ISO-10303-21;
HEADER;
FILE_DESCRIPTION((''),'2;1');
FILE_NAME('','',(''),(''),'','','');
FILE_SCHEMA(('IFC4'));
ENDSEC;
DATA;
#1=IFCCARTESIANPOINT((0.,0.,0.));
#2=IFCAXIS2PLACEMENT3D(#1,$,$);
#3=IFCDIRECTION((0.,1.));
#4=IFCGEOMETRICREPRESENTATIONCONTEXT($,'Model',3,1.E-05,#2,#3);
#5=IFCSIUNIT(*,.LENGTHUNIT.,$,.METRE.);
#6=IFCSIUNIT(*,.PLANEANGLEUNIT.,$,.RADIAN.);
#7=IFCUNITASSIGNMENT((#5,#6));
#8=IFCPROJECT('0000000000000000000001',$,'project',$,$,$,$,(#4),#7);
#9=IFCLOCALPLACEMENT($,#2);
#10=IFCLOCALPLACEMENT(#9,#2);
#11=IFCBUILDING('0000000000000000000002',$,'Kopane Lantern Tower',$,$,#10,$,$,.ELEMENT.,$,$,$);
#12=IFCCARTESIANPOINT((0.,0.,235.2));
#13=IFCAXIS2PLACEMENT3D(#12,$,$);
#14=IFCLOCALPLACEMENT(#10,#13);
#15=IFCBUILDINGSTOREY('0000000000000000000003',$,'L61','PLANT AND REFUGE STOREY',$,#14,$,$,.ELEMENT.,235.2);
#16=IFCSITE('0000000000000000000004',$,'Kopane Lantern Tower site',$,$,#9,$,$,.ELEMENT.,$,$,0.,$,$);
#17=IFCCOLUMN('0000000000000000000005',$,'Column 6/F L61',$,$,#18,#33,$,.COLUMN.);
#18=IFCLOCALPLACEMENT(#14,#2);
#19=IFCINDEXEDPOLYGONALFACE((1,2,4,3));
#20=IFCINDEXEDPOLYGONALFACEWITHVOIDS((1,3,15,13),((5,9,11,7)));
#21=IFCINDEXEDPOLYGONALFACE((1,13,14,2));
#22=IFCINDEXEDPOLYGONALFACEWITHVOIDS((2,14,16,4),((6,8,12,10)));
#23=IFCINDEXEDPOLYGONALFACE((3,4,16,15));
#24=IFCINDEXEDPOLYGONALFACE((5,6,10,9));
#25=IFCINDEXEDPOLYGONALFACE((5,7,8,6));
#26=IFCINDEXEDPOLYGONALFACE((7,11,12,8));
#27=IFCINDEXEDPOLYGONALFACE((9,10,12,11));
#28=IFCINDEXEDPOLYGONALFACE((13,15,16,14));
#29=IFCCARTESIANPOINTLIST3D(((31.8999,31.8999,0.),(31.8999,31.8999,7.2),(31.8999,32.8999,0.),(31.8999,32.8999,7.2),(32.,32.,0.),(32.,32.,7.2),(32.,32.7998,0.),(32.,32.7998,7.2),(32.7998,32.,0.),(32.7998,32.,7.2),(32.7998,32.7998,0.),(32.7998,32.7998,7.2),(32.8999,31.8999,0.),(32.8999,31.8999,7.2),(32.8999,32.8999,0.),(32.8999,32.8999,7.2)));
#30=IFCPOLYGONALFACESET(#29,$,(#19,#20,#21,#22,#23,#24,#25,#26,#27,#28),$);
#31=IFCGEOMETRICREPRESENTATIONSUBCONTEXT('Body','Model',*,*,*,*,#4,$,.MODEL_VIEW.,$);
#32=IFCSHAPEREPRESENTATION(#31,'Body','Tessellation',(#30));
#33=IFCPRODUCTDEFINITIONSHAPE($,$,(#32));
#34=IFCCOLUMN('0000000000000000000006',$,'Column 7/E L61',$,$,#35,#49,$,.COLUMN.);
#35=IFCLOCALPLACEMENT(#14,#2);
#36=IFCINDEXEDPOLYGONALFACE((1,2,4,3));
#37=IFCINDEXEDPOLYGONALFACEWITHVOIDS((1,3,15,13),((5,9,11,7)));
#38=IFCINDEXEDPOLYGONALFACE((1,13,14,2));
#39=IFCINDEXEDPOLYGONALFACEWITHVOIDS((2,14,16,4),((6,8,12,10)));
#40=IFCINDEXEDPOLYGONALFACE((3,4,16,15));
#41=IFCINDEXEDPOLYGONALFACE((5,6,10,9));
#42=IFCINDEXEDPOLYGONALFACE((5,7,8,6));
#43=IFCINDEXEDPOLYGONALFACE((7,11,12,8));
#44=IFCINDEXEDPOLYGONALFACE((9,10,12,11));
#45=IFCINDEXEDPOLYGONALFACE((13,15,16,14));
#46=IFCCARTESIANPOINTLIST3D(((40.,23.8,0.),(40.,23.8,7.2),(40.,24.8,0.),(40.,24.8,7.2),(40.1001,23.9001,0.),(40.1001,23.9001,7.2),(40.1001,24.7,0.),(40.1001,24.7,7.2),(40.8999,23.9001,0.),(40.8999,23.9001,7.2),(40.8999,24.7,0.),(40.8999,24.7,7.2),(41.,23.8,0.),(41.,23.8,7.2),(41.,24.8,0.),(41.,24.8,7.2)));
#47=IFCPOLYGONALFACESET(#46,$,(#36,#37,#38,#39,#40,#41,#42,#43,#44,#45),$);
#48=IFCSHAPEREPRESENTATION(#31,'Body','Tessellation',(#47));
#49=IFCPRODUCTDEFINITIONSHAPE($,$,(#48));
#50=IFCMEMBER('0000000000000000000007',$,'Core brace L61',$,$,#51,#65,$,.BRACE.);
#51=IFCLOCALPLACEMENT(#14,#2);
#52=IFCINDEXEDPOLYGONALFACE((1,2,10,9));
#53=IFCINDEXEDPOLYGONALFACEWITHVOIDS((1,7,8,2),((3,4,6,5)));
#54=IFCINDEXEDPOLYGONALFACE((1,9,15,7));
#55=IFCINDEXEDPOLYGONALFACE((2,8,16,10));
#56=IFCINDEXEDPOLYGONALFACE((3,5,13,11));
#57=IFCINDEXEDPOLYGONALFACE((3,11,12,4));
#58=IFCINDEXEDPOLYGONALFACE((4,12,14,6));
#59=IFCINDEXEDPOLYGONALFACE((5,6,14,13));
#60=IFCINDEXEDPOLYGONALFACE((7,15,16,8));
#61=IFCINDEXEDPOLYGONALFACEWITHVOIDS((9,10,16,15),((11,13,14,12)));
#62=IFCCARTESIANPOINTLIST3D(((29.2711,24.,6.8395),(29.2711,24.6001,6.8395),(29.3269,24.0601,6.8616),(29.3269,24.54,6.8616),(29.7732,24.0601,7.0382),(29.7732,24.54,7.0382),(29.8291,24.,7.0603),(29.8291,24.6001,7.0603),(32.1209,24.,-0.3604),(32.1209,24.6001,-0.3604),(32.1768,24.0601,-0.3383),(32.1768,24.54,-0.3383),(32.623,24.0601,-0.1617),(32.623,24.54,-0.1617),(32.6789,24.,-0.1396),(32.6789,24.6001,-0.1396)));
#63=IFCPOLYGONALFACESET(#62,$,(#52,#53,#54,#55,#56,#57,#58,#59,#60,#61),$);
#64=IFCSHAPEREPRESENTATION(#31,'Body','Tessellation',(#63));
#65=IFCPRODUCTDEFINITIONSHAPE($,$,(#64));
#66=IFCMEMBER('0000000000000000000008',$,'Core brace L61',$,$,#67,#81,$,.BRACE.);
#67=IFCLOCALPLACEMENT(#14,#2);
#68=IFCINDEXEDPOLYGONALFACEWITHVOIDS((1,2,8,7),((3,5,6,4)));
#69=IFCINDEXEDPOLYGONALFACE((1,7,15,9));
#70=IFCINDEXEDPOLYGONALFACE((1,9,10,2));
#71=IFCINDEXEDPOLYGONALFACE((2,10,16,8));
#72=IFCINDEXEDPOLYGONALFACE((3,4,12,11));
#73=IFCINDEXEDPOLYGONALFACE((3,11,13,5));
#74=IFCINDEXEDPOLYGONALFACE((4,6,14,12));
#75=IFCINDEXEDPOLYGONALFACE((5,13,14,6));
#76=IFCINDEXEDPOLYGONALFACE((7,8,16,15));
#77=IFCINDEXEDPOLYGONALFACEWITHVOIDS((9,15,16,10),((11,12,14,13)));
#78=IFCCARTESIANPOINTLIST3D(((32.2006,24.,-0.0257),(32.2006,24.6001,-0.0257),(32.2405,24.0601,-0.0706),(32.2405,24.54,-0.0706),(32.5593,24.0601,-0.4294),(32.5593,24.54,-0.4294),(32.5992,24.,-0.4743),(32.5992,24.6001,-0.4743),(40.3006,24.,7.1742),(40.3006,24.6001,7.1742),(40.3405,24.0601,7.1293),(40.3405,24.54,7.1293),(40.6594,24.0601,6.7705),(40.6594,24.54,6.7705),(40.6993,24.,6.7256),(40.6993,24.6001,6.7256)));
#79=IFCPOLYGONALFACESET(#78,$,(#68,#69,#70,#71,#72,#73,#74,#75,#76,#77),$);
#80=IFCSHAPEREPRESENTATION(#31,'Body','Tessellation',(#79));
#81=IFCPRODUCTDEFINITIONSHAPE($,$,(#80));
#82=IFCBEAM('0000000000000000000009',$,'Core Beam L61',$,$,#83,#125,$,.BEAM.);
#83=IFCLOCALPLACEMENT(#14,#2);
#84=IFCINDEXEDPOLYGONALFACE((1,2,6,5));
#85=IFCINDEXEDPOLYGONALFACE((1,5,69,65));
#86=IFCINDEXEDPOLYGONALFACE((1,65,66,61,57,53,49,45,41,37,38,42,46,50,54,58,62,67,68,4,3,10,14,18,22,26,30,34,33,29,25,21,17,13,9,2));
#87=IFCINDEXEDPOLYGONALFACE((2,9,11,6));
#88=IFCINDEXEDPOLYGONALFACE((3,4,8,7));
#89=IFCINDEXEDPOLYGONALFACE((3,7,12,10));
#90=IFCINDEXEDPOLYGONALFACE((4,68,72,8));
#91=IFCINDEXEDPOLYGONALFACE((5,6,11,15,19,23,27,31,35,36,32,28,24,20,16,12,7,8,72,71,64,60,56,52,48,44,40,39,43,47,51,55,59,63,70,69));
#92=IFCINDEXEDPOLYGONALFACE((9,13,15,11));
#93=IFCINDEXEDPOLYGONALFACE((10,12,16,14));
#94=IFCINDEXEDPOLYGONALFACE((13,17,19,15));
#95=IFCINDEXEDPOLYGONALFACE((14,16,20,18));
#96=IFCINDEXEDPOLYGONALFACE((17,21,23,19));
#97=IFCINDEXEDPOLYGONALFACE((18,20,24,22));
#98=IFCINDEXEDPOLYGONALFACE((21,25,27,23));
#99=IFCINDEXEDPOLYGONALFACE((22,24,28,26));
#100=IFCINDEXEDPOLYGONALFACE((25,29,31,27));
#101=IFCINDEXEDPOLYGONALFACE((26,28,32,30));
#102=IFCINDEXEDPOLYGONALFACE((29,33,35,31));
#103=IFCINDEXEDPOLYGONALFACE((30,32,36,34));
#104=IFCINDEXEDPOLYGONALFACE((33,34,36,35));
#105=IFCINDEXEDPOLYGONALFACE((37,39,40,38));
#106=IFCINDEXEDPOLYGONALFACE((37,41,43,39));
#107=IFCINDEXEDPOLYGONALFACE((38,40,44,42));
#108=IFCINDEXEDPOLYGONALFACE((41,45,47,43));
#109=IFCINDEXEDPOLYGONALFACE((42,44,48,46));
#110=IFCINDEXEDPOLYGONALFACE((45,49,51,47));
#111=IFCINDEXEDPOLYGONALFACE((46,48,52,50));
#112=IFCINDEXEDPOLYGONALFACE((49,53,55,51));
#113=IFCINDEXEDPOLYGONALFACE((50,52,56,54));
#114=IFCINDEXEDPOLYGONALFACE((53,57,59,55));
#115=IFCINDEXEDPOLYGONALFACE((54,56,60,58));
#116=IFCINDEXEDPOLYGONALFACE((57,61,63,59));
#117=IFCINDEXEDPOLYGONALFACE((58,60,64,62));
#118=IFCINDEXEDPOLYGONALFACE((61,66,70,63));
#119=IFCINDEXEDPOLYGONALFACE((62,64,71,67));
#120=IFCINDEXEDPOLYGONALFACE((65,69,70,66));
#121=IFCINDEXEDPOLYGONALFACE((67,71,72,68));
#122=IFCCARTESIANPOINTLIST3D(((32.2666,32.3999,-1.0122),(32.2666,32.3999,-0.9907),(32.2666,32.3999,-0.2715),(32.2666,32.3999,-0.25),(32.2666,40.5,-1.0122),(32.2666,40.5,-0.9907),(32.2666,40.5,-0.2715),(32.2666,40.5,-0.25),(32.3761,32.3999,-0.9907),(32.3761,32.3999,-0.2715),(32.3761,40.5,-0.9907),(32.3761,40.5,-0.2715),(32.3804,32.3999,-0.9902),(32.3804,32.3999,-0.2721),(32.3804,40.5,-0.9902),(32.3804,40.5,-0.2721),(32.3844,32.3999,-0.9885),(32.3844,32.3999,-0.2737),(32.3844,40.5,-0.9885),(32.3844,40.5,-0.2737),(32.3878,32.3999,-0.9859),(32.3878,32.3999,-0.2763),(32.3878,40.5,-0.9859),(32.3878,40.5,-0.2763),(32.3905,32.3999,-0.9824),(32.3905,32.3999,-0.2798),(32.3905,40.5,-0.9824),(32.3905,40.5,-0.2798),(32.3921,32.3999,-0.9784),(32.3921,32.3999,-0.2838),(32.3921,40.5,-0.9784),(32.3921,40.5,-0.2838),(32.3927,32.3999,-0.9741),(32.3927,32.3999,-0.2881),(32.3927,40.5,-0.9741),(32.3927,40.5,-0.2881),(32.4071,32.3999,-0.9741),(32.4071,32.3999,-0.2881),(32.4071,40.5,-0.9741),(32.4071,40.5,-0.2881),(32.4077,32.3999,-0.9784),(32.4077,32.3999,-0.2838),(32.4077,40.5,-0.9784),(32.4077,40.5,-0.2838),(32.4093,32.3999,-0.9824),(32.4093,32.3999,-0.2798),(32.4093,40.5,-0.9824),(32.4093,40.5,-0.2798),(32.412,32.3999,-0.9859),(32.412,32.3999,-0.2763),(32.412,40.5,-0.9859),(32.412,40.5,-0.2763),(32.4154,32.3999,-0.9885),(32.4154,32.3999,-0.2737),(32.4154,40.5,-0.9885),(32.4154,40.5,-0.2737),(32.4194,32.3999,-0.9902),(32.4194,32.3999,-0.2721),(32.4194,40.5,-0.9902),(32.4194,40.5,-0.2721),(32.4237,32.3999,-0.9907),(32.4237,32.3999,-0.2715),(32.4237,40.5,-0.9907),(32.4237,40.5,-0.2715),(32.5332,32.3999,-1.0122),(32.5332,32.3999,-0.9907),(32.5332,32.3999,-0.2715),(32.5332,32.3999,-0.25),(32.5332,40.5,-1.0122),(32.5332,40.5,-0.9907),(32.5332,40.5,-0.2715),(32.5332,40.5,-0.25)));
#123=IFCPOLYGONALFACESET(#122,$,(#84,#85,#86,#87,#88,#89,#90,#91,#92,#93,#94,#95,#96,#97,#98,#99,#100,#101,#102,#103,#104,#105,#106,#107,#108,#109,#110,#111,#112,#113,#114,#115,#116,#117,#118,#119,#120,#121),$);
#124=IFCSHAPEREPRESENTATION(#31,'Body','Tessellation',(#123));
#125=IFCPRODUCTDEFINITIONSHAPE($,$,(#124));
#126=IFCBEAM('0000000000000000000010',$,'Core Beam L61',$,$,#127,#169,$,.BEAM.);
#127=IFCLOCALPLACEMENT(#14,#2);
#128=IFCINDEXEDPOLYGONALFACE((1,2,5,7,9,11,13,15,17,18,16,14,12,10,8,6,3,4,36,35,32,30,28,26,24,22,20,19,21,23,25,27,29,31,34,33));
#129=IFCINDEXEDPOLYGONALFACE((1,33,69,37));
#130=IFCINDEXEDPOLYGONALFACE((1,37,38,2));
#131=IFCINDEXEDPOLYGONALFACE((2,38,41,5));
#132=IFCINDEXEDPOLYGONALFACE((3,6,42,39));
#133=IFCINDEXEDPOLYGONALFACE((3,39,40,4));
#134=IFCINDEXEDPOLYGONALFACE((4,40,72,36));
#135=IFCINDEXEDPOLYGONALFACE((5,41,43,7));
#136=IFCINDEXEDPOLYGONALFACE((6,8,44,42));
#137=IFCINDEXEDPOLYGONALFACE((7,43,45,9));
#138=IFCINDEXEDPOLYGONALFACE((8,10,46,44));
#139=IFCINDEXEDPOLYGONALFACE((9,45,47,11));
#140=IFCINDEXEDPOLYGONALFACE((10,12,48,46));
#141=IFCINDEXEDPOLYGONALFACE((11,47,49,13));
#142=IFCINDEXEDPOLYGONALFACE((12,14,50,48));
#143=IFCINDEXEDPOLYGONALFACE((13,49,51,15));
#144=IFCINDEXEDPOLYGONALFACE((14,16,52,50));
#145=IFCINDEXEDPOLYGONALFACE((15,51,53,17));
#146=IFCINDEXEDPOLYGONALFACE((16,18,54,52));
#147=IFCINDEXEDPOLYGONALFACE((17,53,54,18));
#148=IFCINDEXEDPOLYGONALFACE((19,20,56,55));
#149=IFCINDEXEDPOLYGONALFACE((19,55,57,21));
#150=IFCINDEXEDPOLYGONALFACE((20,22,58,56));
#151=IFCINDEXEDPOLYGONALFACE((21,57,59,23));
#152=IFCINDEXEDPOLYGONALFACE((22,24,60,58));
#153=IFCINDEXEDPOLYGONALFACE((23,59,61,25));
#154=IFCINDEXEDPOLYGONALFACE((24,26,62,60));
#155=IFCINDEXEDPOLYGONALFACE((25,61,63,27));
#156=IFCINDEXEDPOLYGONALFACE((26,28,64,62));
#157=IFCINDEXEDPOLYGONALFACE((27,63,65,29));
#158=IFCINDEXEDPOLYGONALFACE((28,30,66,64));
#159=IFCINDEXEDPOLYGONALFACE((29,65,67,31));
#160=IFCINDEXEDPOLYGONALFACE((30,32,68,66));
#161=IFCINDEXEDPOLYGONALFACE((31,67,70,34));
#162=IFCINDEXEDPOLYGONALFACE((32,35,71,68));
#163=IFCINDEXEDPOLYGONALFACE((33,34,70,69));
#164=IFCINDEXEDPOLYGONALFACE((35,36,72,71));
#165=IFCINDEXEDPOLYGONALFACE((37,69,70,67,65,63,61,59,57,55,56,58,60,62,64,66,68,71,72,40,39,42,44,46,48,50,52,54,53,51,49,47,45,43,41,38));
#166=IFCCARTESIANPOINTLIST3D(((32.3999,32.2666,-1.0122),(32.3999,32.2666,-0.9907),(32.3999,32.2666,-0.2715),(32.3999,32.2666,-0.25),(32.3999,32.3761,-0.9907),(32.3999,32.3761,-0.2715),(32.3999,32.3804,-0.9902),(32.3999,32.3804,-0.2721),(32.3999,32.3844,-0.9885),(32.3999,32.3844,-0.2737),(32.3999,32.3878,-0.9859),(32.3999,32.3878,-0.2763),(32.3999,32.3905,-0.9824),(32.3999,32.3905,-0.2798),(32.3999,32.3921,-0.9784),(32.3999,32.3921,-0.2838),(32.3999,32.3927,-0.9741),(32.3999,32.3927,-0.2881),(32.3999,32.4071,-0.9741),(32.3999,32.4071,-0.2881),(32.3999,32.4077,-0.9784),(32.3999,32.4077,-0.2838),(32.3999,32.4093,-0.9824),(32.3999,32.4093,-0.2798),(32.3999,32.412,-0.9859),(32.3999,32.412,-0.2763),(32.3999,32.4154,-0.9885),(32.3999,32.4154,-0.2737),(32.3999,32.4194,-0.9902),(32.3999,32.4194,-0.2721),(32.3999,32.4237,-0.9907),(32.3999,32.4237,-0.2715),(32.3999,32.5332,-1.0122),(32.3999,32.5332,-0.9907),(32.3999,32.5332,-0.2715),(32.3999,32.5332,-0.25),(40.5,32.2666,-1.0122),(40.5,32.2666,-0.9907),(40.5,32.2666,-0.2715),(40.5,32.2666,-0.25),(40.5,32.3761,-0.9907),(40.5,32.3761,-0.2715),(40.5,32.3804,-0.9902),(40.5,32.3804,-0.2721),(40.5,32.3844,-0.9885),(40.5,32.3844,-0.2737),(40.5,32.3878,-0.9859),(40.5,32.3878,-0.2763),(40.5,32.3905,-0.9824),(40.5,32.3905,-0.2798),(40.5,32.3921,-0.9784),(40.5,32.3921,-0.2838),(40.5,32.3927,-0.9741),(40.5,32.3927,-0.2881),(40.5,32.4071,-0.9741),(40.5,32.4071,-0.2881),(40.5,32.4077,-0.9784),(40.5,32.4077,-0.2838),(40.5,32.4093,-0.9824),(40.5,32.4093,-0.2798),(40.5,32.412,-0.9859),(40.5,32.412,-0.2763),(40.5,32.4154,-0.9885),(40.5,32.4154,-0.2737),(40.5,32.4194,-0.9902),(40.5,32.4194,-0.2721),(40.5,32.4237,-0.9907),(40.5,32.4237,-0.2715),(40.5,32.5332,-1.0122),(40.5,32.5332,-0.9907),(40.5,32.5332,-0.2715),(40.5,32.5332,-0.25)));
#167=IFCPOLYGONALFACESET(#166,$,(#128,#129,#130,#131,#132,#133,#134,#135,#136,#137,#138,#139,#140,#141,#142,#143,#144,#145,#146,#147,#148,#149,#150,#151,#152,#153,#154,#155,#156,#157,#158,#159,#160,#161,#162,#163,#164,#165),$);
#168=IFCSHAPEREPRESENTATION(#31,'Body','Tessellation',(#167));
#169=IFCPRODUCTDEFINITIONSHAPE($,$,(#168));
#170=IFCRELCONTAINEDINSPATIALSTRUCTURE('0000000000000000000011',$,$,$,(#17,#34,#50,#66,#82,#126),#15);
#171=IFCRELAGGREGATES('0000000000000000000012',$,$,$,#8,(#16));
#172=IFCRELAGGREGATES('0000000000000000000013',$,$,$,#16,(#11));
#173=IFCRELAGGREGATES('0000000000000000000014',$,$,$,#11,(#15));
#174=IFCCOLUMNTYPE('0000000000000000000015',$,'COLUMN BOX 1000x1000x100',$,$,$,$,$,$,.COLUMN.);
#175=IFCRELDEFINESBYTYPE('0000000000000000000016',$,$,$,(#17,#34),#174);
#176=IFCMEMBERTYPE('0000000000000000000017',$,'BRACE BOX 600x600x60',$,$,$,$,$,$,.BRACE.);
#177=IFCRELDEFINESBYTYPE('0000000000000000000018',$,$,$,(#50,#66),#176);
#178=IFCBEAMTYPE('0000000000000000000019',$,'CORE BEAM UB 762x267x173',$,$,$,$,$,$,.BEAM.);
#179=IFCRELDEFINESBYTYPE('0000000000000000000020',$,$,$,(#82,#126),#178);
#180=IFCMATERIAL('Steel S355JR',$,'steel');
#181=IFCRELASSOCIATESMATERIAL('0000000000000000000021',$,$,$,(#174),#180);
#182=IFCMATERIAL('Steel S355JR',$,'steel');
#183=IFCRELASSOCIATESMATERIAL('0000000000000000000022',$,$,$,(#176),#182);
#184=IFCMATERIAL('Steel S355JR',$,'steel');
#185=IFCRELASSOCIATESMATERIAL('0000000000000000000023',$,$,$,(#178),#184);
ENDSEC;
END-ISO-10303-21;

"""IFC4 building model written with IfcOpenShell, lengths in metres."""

from ifc_helpers import new_model, si_unit, direction, frame, origin, origin_2d, place, context, subcontext, project, spatial, hollow_rectangle, i_section, extrude, material, material_profile, profile_set, type_object, element, save


model = new_model("IFC4")

# Units and contexts
model_context = context("Model", 3, precision=1e-05, world=origin(), true_north=direction((0.0, 1.0)))
body_context = subcontext(model_context, "Body", "Model", "MODEL_VIEW")
ifc_project = project(units=[si_unit("LENGTHUNIT", "METRE"), si_unit("PLANEANGLEUNIT", "RADIAN")], contexts=[model_context])

# Site, building, storey
site_placement = place(None, origin())
site = spatial("IfcSite", under=ifc_project, at=site_placement, Name="Kopane Lantern Tower site", CompositionType="ELEMENT", RefElevation=0.0)
building_placement = place(site_placement, origin())
building = spatial("IfcBuilding", under=site, at=building_placement, Name="Kopane Lantern Tower", CompositionType="ELEMENT")
storey_placement = place(building_placement, frame((0.0, 0.0, 235.2)))
storey = spatial("IfcBuildingStorey", under=building, at=storey_placement, Name="L61", Description="PLANT AND REFUGE STOREY", CompositionType="ELEMENT", Elevation=235.2)

# Columns
ifc_material_1 = material(Name="Steel S355JR", Category="steel")
ifc_material_profile_1 = material_profile(ifc_material_1, hollow_rectangle(XDim=1.0, YDim=1.0, WallThickness=0.1001, at=origin_2d()), Name="BOX 1000x1000x100")
ifc_profile_set_1 = profile_set([ifc_material_profile_1], Name="Steel S355JR")
column_type = type_object("IfcColumnType", Name="COLUMN BOX 1000x1000x100", PredefinedType="COLUMN", material=ifc_profile_set_1)
for number, where, z_axis, x_axis, name in (
    (1, (32.3999, 32.3999, 0.0), (0.0, 0.0, 1.0), (1.0, 0.0, 0.0), "Column 6/F L61"),
    (2, (40.5, 24.3, 0.0), (0.0, 0.0, 1.0), (1.0, 0.0, 0.0), "Column 7/E L61"),
):
    element("IfcColumn", number, at=place(storey_placement, frame(where, z_axis=z_axis, x_axis=x_axis)), inside=storey, type_object=column_type, Name=name, PredefinedType="COLUMN", context=body_context, shape_type="SweptSolid", body=[
        extrude(hollow_rectangle(XDim=1.0, YDim=1.0, WallThickness=0.1001, at=origin_2d()), origin(), (0.0, 0.0, 1.0), 7.2),
    ])

# Members
ifc_material_2 = material(Name="Steel S355JR", Category="steel")
ifc_material_profile_2 = material_profile(ifc_material_2, hollow_rectangle(XDim=0.6001, YDim=0.6001, WallThickness=0.0601, at=origin_2d()), Name="BOX 600x600x60")
ifc_profile_set_2 = profile_set([ifc_material_profile_2], Name="Steel S355JR")
member_type_1 = type_object("IfcMemberType", Name="BRACE BOX 600x600x60", PredefinedType="BRACE", material=ifc_profile_set_2)
member_1_placement = place(storey_placement, frame((32.3999, 24.3, -0.25), z_axis=(-0.368034, 0.0, 0.929812), x_axis=(0.0, -1.0, 0.0)))
element("IfcMember", 3, at=member_1_placement, inside=storey, type_object=member_type_1, Name="Core brace L61", PredefinedType="BRACE", context=body_context, shape_type="SweptSolid", body=[
    extrude(hollow_rectangle(XDim=0.6001, YDim=0.6001, WallThickness=0.0601, at=origin_2d()), origin(), (0.0, 0.0, 1.0), 7.7434),
])
member_2_placement = place(storey_placement, frame((32.3999, 24.3, -0.25), z_axis=(0.747416, 0.0, 0.664357), x_axis=(0.0, 1.0, 0.0)))
element("IfcMember", 4, at=member_2_placement, inside=storey, type_object=member_type_1, Name="Core brace L61", PredefinedType="BRACE", context=body_context, shape_type="SweptSolid", body=[
    extrude(hollow_rectangle(XDim=0.6001, YDim=0.6001, WallThickness=0.0601, at=origin_2d()), origin(), (0.0, 0.0, 1.0), 10.8374),
])

# Beams
ifc_material_3 = material(Name="Steel S355JR", Category="steel")
ifc_material_profile_3 = material_profile(ifc_material_3, i_section(OverallWidth=0.2666, OverallDepth=0.7622, WebThickness=0.0144, FlangeThickness=0.0215, FilletRadius=0.0166, at=origin_2d()), Name="UB 762x267x173")
ifc_profile_set_3 = profile_set([ifc_material_profile_3], Name="Steel S355JR")
beam_type_1 = type_object("IfcBeamType", Name="CORE BEAM UB 762x267x173", PredefinedType="BEAM", material=ifc_profile_set_3)
for number, where, z_axis, x_axis, name in (
    (5, (32.3999, 32.3999, -0.6311), (0.0, 1.0, 0.0), (-1.0, 0.0, 0.0), "Core Beam L61"),
    (6, (32.3999, 32.3999, -0.6311), (1.0, 0.0, 0.0), (0.0, 1.0, 0.0), "Core Beam L61"),
):
    element("IfcBeam", number, at=place(storey_placement, frame(where, z_axis=z_axis, x_axis=x_axis)), inside=storey, type_object=beam_type_1, Name=name, PredefinedType="BEAM", context=body_context, shape_type="SweptSolid", body=[
        extrude(i_section(OverallWidth=0.2666, OverallDepth=0.7622, WebThickness=0.0144, FlangeThickness=0.0215, FilletRadius=0.0166, at=origin_2d()), origin(), (0.0, 0.0, 1.0), 8.1001),
    ])

save(model, "model.ifc")
